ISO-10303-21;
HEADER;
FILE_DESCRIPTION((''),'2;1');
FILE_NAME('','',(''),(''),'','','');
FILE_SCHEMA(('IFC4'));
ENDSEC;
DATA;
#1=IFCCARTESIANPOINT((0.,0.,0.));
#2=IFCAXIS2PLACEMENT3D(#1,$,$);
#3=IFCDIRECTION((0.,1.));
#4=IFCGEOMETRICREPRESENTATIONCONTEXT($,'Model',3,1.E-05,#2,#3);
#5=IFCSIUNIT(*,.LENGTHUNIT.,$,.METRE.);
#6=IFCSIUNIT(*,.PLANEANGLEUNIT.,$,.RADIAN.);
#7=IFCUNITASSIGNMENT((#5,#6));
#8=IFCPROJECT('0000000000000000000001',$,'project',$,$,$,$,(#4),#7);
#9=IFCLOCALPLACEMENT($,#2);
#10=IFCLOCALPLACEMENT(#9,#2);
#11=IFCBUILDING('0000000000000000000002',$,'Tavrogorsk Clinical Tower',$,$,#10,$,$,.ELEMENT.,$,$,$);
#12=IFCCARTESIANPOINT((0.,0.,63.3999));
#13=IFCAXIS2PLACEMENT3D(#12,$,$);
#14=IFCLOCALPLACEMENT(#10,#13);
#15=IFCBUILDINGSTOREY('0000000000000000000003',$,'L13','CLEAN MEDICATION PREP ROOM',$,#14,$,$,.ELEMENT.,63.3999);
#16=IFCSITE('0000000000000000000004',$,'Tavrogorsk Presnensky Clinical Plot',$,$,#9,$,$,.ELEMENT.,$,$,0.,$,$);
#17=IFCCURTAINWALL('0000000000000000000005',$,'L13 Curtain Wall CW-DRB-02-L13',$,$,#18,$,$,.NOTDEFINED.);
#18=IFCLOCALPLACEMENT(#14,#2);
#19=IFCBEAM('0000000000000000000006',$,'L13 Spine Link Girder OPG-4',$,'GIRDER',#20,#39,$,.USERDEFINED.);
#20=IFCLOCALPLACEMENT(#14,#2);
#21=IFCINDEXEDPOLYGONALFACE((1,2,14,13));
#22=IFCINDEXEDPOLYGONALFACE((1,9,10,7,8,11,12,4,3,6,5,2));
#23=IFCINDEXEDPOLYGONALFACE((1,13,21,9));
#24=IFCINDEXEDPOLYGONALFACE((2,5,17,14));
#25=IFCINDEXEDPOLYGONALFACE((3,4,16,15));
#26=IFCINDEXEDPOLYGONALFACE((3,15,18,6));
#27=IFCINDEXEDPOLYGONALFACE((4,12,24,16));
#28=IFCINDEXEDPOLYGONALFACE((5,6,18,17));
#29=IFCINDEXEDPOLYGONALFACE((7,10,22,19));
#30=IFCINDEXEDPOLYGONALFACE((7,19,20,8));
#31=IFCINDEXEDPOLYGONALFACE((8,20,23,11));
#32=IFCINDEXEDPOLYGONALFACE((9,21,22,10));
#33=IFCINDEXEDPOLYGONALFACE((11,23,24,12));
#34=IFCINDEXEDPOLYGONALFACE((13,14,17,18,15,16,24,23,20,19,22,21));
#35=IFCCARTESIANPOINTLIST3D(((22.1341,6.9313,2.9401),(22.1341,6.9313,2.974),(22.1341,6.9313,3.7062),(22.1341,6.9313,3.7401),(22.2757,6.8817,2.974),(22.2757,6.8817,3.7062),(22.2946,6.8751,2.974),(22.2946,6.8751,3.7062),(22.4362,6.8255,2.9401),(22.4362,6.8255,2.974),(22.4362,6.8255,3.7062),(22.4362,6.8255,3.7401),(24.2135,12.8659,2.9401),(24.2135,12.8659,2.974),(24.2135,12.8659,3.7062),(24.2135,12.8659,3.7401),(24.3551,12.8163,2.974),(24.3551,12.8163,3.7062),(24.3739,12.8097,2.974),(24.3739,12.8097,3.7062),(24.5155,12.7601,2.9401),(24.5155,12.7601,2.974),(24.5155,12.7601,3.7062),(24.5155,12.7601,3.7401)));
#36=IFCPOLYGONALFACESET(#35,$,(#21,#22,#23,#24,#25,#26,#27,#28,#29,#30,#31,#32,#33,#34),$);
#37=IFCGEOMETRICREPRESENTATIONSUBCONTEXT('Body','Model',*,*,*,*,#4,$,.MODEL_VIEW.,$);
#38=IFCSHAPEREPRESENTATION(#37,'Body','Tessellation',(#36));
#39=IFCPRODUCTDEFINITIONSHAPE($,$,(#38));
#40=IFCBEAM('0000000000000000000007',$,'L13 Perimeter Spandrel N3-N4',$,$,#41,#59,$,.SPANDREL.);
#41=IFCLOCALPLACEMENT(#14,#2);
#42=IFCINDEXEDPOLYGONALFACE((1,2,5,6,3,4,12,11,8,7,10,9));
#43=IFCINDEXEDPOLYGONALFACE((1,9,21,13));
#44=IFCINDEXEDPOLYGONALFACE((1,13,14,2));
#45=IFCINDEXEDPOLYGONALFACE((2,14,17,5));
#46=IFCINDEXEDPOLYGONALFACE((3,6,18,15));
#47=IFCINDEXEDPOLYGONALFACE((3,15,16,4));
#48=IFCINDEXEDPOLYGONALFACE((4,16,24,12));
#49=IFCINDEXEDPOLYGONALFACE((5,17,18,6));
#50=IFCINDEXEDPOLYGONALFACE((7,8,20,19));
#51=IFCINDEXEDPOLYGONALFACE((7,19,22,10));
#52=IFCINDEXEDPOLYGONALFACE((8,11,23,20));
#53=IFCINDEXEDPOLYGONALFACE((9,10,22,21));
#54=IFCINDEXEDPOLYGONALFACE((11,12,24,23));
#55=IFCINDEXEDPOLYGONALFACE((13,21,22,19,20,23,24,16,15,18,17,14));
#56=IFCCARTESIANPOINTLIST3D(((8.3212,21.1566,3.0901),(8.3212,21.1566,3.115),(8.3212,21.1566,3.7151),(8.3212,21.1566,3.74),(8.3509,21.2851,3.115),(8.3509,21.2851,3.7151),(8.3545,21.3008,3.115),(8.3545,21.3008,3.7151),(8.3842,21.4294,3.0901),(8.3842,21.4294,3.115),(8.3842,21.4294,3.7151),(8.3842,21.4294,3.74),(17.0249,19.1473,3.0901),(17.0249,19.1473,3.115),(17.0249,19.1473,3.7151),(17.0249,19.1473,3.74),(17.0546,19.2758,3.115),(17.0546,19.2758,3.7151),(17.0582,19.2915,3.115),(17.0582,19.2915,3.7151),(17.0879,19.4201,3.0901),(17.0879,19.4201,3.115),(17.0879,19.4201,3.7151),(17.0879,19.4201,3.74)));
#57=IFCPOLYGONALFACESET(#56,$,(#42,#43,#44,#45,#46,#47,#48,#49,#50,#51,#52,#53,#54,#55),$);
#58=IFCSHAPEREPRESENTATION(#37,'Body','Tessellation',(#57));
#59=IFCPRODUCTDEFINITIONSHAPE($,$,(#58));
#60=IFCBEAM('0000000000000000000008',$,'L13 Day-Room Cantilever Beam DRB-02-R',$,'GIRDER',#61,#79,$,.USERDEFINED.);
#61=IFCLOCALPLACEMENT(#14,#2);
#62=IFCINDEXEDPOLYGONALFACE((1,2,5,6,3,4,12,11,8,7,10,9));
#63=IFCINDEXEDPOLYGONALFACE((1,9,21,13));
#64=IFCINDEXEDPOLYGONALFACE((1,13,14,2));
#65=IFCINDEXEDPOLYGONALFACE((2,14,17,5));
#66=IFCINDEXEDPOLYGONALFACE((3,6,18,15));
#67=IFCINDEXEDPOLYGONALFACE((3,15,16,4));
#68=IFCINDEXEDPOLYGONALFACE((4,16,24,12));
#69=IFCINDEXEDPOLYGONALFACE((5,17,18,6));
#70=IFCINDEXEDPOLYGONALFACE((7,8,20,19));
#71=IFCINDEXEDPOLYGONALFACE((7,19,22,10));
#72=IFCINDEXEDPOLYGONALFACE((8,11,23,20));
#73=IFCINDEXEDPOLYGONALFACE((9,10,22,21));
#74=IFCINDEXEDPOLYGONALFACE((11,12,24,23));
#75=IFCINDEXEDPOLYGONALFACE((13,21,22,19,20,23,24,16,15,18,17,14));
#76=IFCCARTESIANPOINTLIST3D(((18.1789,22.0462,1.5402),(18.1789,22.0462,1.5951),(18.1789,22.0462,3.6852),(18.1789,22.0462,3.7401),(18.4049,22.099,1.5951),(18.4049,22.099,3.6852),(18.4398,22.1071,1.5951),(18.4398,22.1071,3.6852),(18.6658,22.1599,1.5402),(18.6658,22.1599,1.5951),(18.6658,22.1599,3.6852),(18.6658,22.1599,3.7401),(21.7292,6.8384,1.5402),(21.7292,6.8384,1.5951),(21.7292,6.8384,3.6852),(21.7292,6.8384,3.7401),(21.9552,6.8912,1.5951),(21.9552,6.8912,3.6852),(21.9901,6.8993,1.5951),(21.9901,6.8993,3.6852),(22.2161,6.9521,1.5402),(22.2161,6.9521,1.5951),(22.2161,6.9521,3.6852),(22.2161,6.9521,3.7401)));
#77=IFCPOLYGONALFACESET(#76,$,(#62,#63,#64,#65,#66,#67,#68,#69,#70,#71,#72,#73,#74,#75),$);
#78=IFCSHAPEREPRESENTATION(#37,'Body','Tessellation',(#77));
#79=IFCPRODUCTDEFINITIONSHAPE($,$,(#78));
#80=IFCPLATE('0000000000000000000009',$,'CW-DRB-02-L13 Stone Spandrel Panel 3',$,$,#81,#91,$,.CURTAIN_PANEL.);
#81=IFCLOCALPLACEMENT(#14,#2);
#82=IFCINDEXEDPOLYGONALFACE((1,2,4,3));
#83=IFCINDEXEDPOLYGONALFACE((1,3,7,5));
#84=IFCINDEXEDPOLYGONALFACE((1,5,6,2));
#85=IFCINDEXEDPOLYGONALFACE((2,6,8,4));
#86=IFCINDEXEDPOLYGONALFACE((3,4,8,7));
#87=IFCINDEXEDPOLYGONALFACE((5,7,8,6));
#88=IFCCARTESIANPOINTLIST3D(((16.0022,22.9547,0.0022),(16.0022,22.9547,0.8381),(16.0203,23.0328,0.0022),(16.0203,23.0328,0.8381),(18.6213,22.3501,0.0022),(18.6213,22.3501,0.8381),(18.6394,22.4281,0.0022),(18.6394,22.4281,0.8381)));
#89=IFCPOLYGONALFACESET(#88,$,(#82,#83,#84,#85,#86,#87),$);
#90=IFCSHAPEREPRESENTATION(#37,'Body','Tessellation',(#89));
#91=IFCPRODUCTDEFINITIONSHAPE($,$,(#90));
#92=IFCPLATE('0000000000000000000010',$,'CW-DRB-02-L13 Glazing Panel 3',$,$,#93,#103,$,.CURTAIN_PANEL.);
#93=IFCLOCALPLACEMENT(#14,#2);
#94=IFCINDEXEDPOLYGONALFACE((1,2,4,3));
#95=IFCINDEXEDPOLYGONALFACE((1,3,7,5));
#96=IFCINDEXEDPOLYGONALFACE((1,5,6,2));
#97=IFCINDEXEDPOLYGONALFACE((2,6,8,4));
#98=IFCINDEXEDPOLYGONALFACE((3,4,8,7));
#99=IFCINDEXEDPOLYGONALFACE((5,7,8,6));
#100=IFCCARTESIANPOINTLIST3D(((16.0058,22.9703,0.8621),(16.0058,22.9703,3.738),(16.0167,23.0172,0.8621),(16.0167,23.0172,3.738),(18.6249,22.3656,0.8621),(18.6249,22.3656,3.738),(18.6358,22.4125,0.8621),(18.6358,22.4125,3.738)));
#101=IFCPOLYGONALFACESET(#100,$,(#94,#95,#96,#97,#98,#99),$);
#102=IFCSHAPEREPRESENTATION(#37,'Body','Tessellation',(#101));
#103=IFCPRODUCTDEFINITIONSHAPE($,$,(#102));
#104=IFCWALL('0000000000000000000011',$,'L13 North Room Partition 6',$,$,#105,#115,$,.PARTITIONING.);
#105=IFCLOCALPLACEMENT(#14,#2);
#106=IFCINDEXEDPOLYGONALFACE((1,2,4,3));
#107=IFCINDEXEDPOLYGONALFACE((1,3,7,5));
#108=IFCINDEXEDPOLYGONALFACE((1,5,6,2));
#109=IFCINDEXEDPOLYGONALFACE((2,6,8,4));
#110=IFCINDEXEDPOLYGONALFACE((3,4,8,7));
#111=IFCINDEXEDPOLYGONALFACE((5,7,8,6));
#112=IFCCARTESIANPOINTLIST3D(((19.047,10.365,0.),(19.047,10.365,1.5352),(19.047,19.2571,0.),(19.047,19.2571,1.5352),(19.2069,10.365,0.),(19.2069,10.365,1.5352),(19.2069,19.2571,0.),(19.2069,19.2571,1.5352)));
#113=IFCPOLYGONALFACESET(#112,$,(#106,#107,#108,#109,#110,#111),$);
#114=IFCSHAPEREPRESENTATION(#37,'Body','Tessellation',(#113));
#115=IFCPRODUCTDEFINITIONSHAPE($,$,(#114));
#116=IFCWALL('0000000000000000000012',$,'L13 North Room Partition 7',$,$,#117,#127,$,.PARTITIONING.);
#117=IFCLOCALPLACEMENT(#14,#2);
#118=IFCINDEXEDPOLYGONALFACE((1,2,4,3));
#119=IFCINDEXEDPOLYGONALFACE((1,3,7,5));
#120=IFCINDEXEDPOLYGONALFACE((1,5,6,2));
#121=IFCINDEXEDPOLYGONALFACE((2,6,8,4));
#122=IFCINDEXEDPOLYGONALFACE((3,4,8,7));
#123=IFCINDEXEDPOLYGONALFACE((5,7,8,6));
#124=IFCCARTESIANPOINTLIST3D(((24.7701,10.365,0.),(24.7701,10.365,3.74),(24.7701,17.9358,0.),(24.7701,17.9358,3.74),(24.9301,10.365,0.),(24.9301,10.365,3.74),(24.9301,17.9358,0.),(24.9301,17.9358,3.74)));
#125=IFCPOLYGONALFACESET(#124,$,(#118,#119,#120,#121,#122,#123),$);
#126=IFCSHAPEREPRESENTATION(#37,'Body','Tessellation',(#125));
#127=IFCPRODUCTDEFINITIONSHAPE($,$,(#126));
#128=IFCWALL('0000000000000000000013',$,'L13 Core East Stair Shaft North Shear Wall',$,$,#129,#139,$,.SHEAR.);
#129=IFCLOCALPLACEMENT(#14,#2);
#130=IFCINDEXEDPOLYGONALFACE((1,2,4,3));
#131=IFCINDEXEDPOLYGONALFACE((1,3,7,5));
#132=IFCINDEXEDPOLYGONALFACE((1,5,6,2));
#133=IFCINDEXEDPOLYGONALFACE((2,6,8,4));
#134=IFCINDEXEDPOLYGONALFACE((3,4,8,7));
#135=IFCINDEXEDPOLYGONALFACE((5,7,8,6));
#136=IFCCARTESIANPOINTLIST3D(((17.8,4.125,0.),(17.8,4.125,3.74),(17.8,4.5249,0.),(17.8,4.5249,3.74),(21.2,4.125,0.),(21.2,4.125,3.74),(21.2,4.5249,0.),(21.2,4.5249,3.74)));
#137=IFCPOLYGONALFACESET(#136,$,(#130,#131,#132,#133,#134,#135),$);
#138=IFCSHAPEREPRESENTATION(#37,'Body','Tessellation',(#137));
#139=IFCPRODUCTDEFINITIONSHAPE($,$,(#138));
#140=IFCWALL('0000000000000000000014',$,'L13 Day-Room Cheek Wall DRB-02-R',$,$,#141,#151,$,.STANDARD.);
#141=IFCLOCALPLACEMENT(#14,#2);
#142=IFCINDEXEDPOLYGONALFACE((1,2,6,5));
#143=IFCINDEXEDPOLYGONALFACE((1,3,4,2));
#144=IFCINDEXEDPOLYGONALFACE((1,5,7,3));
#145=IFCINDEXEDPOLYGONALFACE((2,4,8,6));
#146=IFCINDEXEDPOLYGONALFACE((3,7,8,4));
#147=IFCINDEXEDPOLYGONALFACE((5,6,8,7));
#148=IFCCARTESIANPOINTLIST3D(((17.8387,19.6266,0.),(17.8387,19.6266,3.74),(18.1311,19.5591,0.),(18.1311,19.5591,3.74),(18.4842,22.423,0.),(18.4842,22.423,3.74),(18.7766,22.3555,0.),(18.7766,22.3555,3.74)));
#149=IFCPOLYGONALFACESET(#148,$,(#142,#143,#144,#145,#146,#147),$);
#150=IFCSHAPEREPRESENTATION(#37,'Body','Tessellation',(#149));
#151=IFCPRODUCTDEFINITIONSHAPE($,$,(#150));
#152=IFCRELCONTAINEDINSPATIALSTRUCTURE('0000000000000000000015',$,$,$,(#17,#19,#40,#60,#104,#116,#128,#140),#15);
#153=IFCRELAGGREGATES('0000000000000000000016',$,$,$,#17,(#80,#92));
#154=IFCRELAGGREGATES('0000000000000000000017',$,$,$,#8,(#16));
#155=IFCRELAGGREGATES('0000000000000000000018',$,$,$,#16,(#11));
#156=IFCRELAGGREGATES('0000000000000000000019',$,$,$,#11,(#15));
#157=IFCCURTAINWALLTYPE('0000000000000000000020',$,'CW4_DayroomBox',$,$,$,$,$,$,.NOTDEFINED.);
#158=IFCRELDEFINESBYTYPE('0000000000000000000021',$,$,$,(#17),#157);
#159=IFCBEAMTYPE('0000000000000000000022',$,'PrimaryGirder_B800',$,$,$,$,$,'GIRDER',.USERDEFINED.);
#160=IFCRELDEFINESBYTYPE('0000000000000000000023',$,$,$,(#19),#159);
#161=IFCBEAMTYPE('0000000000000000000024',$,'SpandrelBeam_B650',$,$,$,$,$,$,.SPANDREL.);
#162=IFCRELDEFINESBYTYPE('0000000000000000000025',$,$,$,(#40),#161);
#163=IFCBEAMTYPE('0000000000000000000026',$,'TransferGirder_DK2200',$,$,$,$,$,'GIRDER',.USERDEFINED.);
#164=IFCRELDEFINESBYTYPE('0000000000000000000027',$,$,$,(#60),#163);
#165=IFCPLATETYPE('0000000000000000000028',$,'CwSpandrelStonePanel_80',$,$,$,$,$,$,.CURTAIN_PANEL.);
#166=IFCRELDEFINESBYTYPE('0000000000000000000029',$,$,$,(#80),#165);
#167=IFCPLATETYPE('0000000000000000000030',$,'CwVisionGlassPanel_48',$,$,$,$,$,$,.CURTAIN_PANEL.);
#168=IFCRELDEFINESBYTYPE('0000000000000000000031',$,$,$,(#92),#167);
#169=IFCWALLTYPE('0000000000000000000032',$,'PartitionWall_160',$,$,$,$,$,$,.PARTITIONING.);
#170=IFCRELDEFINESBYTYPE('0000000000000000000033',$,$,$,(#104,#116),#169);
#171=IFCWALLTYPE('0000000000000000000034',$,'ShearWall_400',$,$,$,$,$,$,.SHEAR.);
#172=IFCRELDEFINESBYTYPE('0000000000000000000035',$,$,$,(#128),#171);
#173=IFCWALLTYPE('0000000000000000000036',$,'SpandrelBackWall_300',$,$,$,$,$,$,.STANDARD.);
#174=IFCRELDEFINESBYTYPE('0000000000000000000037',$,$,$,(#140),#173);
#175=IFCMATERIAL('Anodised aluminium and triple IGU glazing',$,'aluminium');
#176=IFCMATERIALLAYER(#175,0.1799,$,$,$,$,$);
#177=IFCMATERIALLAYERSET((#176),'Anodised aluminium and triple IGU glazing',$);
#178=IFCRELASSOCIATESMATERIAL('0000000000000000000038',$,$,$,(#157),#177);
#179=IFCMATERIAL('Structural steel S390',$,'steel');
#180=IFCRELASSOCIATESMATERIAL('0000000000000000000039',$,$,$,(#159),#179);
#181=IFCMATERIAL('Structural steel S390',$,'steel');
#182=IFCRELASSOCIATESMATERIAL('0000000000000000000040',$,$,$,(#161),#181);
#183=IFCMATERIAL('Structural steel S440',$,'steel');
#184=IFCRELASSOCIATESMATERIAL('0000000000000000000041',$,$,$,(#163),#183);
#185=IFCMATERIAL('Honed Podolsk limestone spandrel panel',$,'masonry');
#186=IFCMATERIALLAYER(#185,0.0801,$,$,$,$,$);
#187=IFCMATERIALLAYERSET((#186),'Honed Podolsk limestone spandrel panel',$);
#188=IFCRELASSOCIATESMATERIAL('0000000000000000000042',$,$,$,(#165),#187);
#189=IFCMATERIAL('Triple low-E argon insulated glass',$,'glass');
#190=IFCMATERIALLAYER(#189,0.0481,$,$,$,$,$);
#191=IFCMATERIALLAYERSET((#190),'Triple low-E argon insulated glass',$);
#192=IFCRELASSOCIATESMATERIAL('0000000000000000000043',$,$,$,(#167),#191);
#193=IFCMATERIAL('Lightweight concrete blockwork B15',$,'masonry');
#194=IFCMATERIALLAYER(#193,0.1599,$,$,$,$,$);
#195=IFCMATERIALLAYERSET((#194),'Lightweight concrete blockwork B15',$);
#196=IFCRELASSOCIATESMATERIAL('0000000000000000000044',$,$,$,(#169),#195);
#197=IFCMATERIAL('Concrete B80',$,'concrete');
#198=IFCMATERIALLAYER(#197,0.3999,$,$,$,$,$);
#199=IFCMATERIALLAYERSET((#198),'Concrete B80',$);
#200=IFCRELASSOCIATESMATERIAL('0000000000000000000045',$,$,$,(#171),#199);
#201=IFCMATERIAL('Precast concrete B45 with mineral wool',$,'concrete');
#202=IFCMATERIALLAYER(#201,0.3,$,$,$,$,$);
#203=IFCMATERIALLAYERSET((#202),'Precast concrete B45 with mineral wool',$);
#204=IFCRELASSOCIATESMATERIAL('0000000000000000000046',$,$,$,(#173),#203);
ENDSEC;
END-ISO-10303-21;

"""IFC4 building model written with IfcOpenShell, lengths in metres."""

from ifc_helpers import new_model, si_unit, direction, frame, frame_2d, origin, origin_2d, place, context, subcontext, project, spatial, rectangle, i_section, extrude, material, layer, layer_set, material_profile, profile_set, type_object, element, aggregate, save


model = new_model("IFC4")

# Units and contexts
model_context = context("Model", 3, precision=1e-05, world=origin(), true_north=direction((0.0, 1.0)))
body_context = subcontext(model_context, "Body", "Model", "MODEL_VIEW")
ifc_project = project(units=[si_unit("LENGTHUNIT", "METRE"), si_unit("PLANEANGLEUNIT", "RADIAN")], contexts=[model_context])

# Site, building, storey
site_placement = place(None, origin())
site = spatial("IfcSite", under=ifc_project, at=site_placement, Name="Tavrogorsk Presnensky Clinical Plot", CompositionType="ELEMENT", RefElevation=0.0)
building_placement = place(site_placement, origin())
building = spatial("IfcBuilding", under=site, at=building_placement, Name="Tavrogorsk Clinical Tower", CompositionType="ELEMENT")
storey_placement = place(building_placement, frame((0.0, 0.0, 63.3999)))
storey = spatial("IfcBuildingStorey", under=building, at=storey_placement, Name="L13", Description="CLEAN MEDICATION PREP ROOM", CompositionType="ELEMENT", Elevation=63.3999)

# Curtain wall
ifc_material_1 = material(Name="Anodised aluminium and triple IGU glazing", Category="aluminium")
ifc_layer_1 = layer(ifc_material_1, 0.1799)
ifc_layer_set_1 = layer_set([ifc_layer_1], Name="Anodised aluminium and triple IGU glazing")
curtain_wall_type = type_object("IfcCurtainWallType", Name="CW4_DayroomBox", PredefinedType="NOTDEFINED", material=ifc_layer_set_1)
curtain_wall_placement = place(storey_placement, origin())
curtain_wall = element("IfcCurtainWall", 1, at=curtain_wall_placement, inside=storey, type_object=curtain_wall_type, Name="L13 Curtain Wall CW-DRB-02-L13", PredefinedType="NOTDEFINED")

# Beams
ifc_material_2 = material(Name="Structural steel S390", Category="steel")
ifc_material_profile_1 = material_profile(ifc_material_2, i_section(OverallWidth=0.3201, OverallDepth=0.8, WebThickness=0.02, FlangeThickness=0.0339, at=origin_2d()), Name="B-800x320x20x34")
ifc_profile_set_1 = profile_set([ifc_material_profile_1], Name="Structural steel S390")
beam_type_1 = type_object("IfcBeamType", Name="PrimaryGirder_B800", ElementType="GIRDER", PredefinedType="USERDEFINED", material=ifc_profile_set_1)
beam_1_placement = place(storey_placement, frame((24.3645, 12.813, 3.3401), z_axis=(-0.330669, -0.943747, 0.0), x_axis=(0.943747, -0.330669, 0.0)))
element("IfcBeam", 2, at=beam_1_placement, inside=storey, type_object=beam_type_1, Name="L13 Spine Link Girder OPG-4", ObjectType="GIRDER", PredefinedType="USERDEFINED", context=body_context, shape_type="SweptSolid", body=[
    extrude(i_section(OverallWidth=0.3201, OverallDepth=0.8, WebThickness=0.02, FlangeThickness=0.0339, at=origin_2d()), origin(), (0.0, 0.0, 1.0), 6.2883),
])
ifc_material_3 = material(Name="Structural steel S390", Category="steel")
ifc_material_profile_2 = material_profile(ifc_material_3, i_section(OverallWidth=0.28, OverallDepth=0.6499, WebThickness=0.0161, FlangeThickness=0.0249, at=origin_2d()), Name="B-650x280x16x25")
ifc_profile_set_2 = profile_set([ifc_material_profile_2], Name="Structural steel S390")
beam_type_2 = type_object("IfcBeamType", Name="SpandrelBeam_B650", PredefinedType="SPANDREL", material=ifc_profile_set_2)
beam_2_placement = place(storey_placement, frame((17.0564, 19.2837, 3.415), z_axis=(-0.974373, 0.224939, 0.0), x_axis=(-0.224939, -0.974373, 0.0)))
element("IfcBeam", 3, at=beam_2_placement, inside=storey, type_object=beam_type_2, Name="L13 Perimeter Spandrel N3-N4", PredefinedType="SPANDREL", context=body_context, shape_type="SweptSolid", body=[
    extrude(i_section(OverallWidth=0.28, OverallDepth=0.6499, WebThickness=0.0161, FlangeThickness=0.0249, at=origin_2d()), origin(), (0.0, 0.0, 1.0), 8.9326),
])
ifc_material_4 = material(Name="Structural steel S440", Category="steel")
ifc_material_profile_3 = material_profile(ifc_material_4, i_section(OverallWidth=0.5, OverallDepth=2.2, WebThickness=0.0359, FlangeThickness=0.0549, at=origin_2d()), Name="DK-2200x500x36x55")
ifc_profile_set_3 = profile_set([ifc_material_profile_3], Name="Structural steel S440")
beam_type_3 = type_object("IfcBeamType", Name="TransferGirder_DK2200", ElementType="GIRDER", PredefinedType="USERDEFINED", material=ifc_profile_set_3)
beam_3_placement = place(storey_placement, frame((21.9727, 6.8953, 2.6401), z_axis=(-0.22734, 0.973815, 0.0), x_axis=(-0.973815, -0.22734, 0.0)))
element("IfcBeam", 4, at=beam_3_placement, inside=storey, type_object=beam_type_3, Name="L13 Day-Room Cantilever Beam DRB-02-R", ObjectType="GIRDER", PredefinedType="USERDEFINED", context=body_context, shape_type="SweptSolid", body=[
    extrude(i_section(OverallWidth=0.5, OverallDepth=2.2, WebThickness=0.0359, FlangeThickness=0.0549, at=origin_2d()), origin(), (0.0, 0.0, 1.0), 15.6167),
])

# Plates
ifc_material_5 = material(Name="Honed Podolsk limestone spandrel panel", Category="masonry")
ifc_layer_2 = layer(ifc_material_5, 0.0801)
ifc_layer_set_2 = layer_set([ifc_layer_2], Name="Honed Podolsk limestone spandrel panel")
plate_type_1 = type_object("IfcPlateType", Name="CwSpandrelStonePanel_80", PredefinedType="CURTAIN_PANEL", material=ifc_layer_set_2)
plate_1_placement = place(storey_placement, frame((17.3208, 22.6914, 0.0022), z_axis=(0.0, 0.0, 1.0), x_axis=(0.97437, -0.224951, 0.0)))
plate_1 = element("IfcPlate", 5, at=plate_1_placement, type_object=plate_type_1, Name="CW-DRB-02-L13 Stone Spandrel Panel 3", PredefinedType="CURTAIN_PANEL", context=body_context, shape_type="SweptSolid", body=[
    extrude(rectangle(XDim=2.688, YDim=0.0801, at=origin_2d()), origin(), (0.0, 0.0, 1.0), 0.8359),
])
ifc_material_6 = material(Name="Triple low-E argon insulated glass", Category="glass")
ifc_layer_3 = layer(ifc_material_6, 0.0481)
ifc_layer_set_3 = layer_set([ifc_layer_3], Name="Triple low-E argon insulated glass")
plate_type_2 = type_object("IfcPlateType", Name="CwVisionGlassPanel_48", PredefinedType="CURTAIN_PANEL", material=ifc_layer_set_3)
plate_2_placement = place(storey_placement, frame((17.3208, 22.6914, 0.8621), z_axis=(0.0, 0.0, 1.0), x_axis=(0.97437, -0.224951, 0.0)))
plate_2 = element("IfcPlate", 6, at=plate_2_placement, type_object=plate_type_2, Name="CW-DRB-02-L13 Glazing Panel 3", PredefinedType="CURTAIN_PANEL", context=body_context, shape_type="SweptSolid", body=[
    extrude(rectangle(XDim=2.688, YDim=0.0481, at=origin_2d()), origin(), (0.0, 0.0, 1.0), 2.876),
])
aggregate(curtain_wall, [plate_1, plate_2])

# Walls
ifc_material_7 = material(Name="Lightweight concrete blockwork B15", Category="masonry")
ifc_layer_4 = layer(ifc_material_7, 0.1599)
ifc_layer_set_4 = layer_set([ifc_layer_4], Name="Lightweight concrete blockwork B15")
wall_type_1 = type_object("IfcWallType", Name="PartitionWall_160", PredefinedType="PARTITIONING", material=ifc_layer_set_4)
wall_1_placement = place(storey_placement, frame((19.127, 10.365, 0.0), z_axis=(0.0, 0.0, 1.0), x_axis=(0.0, 1.0, 0.0)))
element("IfcWall", 7, at=wall_1_placement, inside=storey, type_object=wall_type_1, Name="L13 North Room Partition 6", PredefinedType="PARTITIONING", context=body_context, shape_type="SweptSolid", body=[
    extrude(rectangle(XDim=8.8921, YDim=0.1599, at=frame_2d((4.446, 0.0))), origin(), (0.0, 0.0, 1.0), 1.5352),
])
wall_2_placement = place(storey_placement, frame((24.8501, 10.365, 0.0), z_axis=(0.0, 0.0, 1.0), x_axis=(0.0, 1.0, 0.0)))
element("IfcWall", 8, at=wall_2_placement, inside=storey, type_object=wall_type_1, Name="L13 North Room Partition 7", PredefinedType="PARTITIONING", context=body_context, shape_type="SweptSolid", body=[
    extrude(rectangle(XDim=7.5708, YDim=0.1599, at=frame_2d((3.7854, 0.0))), origin(), (0.0, 0.0, 1.0), 3.74),
])
ifc_material_8 = material(Name="Concrete B80", Category="concrete")
ifc_layer_5 = layer(ifc_material_8, 0.3999)
ifc_layer_set_5 = layer_set([ifc_layer_5], Name="Concrete B80")
wall_type_2 = type_object("IfcWallType", Name="ShearWall_400", PredefinedType="SHEAR", material=ifc_layer_set_5)
wall_3_placement = place(storey_placement, frame((17.8, 4.325, 0.0), z_axis=(0.0, 0.0, 1.0), x_axis=(1.0, 0.0, 0.0)))
element("IfcWall", 9, at=wall_3_placement, inside=storey, type_object=wall_type_2, Name="L13 Core East Stair Shaft North Shear Wall", PredefinedType="SHEAR", context=body_context, shape_type="SweptSolid", body=[
    extrude(rectangle(XDim=3.3999, YDim=0.3999, at=frame_2d((1.7, 0.0))), origin(), (0.0, 0.0, 1.0), 3.74),
])
ifc_material_9 = material(Name="Precast concrete B45 with mineral wool", Category="concrete")
ifc_layer_6 = layer(ifc_material_9, 0.3)
ifc_layer_set_6 = layer_set([ifc_layer_6], Name="Precast concrete B45 with mineral wool")
wall_type_3 = type_object("IfcWallType", Name="SpandrelBackWall_300", PredefinedType="STANDARD", material=ifc_layer_set_6)
wall_4_placement = place(storey_placement, frame((17.9849, 19.5928, 0.0), z_axis=(0.0, 0.0, 1.0), x_axis=(0.224922, 0.974377, 0.0)))
element("IfcWall", 10, at=wall_4_placement, inside=storey, type_object=wall_type_3, Name="L13 Day-Room Cheek Wall DRB-02-R", PredefinedType="STANDARD", context=body_context, shape_type="SweptSolid", body=[
    extrude(rectangle(XDim=2.8699, YDim=0.3, at=frame_2d((1.4351, 0.0))), origin(), (0.0, 0.0, 1.0), 3.74),
])

save(model, "model.ifc")
